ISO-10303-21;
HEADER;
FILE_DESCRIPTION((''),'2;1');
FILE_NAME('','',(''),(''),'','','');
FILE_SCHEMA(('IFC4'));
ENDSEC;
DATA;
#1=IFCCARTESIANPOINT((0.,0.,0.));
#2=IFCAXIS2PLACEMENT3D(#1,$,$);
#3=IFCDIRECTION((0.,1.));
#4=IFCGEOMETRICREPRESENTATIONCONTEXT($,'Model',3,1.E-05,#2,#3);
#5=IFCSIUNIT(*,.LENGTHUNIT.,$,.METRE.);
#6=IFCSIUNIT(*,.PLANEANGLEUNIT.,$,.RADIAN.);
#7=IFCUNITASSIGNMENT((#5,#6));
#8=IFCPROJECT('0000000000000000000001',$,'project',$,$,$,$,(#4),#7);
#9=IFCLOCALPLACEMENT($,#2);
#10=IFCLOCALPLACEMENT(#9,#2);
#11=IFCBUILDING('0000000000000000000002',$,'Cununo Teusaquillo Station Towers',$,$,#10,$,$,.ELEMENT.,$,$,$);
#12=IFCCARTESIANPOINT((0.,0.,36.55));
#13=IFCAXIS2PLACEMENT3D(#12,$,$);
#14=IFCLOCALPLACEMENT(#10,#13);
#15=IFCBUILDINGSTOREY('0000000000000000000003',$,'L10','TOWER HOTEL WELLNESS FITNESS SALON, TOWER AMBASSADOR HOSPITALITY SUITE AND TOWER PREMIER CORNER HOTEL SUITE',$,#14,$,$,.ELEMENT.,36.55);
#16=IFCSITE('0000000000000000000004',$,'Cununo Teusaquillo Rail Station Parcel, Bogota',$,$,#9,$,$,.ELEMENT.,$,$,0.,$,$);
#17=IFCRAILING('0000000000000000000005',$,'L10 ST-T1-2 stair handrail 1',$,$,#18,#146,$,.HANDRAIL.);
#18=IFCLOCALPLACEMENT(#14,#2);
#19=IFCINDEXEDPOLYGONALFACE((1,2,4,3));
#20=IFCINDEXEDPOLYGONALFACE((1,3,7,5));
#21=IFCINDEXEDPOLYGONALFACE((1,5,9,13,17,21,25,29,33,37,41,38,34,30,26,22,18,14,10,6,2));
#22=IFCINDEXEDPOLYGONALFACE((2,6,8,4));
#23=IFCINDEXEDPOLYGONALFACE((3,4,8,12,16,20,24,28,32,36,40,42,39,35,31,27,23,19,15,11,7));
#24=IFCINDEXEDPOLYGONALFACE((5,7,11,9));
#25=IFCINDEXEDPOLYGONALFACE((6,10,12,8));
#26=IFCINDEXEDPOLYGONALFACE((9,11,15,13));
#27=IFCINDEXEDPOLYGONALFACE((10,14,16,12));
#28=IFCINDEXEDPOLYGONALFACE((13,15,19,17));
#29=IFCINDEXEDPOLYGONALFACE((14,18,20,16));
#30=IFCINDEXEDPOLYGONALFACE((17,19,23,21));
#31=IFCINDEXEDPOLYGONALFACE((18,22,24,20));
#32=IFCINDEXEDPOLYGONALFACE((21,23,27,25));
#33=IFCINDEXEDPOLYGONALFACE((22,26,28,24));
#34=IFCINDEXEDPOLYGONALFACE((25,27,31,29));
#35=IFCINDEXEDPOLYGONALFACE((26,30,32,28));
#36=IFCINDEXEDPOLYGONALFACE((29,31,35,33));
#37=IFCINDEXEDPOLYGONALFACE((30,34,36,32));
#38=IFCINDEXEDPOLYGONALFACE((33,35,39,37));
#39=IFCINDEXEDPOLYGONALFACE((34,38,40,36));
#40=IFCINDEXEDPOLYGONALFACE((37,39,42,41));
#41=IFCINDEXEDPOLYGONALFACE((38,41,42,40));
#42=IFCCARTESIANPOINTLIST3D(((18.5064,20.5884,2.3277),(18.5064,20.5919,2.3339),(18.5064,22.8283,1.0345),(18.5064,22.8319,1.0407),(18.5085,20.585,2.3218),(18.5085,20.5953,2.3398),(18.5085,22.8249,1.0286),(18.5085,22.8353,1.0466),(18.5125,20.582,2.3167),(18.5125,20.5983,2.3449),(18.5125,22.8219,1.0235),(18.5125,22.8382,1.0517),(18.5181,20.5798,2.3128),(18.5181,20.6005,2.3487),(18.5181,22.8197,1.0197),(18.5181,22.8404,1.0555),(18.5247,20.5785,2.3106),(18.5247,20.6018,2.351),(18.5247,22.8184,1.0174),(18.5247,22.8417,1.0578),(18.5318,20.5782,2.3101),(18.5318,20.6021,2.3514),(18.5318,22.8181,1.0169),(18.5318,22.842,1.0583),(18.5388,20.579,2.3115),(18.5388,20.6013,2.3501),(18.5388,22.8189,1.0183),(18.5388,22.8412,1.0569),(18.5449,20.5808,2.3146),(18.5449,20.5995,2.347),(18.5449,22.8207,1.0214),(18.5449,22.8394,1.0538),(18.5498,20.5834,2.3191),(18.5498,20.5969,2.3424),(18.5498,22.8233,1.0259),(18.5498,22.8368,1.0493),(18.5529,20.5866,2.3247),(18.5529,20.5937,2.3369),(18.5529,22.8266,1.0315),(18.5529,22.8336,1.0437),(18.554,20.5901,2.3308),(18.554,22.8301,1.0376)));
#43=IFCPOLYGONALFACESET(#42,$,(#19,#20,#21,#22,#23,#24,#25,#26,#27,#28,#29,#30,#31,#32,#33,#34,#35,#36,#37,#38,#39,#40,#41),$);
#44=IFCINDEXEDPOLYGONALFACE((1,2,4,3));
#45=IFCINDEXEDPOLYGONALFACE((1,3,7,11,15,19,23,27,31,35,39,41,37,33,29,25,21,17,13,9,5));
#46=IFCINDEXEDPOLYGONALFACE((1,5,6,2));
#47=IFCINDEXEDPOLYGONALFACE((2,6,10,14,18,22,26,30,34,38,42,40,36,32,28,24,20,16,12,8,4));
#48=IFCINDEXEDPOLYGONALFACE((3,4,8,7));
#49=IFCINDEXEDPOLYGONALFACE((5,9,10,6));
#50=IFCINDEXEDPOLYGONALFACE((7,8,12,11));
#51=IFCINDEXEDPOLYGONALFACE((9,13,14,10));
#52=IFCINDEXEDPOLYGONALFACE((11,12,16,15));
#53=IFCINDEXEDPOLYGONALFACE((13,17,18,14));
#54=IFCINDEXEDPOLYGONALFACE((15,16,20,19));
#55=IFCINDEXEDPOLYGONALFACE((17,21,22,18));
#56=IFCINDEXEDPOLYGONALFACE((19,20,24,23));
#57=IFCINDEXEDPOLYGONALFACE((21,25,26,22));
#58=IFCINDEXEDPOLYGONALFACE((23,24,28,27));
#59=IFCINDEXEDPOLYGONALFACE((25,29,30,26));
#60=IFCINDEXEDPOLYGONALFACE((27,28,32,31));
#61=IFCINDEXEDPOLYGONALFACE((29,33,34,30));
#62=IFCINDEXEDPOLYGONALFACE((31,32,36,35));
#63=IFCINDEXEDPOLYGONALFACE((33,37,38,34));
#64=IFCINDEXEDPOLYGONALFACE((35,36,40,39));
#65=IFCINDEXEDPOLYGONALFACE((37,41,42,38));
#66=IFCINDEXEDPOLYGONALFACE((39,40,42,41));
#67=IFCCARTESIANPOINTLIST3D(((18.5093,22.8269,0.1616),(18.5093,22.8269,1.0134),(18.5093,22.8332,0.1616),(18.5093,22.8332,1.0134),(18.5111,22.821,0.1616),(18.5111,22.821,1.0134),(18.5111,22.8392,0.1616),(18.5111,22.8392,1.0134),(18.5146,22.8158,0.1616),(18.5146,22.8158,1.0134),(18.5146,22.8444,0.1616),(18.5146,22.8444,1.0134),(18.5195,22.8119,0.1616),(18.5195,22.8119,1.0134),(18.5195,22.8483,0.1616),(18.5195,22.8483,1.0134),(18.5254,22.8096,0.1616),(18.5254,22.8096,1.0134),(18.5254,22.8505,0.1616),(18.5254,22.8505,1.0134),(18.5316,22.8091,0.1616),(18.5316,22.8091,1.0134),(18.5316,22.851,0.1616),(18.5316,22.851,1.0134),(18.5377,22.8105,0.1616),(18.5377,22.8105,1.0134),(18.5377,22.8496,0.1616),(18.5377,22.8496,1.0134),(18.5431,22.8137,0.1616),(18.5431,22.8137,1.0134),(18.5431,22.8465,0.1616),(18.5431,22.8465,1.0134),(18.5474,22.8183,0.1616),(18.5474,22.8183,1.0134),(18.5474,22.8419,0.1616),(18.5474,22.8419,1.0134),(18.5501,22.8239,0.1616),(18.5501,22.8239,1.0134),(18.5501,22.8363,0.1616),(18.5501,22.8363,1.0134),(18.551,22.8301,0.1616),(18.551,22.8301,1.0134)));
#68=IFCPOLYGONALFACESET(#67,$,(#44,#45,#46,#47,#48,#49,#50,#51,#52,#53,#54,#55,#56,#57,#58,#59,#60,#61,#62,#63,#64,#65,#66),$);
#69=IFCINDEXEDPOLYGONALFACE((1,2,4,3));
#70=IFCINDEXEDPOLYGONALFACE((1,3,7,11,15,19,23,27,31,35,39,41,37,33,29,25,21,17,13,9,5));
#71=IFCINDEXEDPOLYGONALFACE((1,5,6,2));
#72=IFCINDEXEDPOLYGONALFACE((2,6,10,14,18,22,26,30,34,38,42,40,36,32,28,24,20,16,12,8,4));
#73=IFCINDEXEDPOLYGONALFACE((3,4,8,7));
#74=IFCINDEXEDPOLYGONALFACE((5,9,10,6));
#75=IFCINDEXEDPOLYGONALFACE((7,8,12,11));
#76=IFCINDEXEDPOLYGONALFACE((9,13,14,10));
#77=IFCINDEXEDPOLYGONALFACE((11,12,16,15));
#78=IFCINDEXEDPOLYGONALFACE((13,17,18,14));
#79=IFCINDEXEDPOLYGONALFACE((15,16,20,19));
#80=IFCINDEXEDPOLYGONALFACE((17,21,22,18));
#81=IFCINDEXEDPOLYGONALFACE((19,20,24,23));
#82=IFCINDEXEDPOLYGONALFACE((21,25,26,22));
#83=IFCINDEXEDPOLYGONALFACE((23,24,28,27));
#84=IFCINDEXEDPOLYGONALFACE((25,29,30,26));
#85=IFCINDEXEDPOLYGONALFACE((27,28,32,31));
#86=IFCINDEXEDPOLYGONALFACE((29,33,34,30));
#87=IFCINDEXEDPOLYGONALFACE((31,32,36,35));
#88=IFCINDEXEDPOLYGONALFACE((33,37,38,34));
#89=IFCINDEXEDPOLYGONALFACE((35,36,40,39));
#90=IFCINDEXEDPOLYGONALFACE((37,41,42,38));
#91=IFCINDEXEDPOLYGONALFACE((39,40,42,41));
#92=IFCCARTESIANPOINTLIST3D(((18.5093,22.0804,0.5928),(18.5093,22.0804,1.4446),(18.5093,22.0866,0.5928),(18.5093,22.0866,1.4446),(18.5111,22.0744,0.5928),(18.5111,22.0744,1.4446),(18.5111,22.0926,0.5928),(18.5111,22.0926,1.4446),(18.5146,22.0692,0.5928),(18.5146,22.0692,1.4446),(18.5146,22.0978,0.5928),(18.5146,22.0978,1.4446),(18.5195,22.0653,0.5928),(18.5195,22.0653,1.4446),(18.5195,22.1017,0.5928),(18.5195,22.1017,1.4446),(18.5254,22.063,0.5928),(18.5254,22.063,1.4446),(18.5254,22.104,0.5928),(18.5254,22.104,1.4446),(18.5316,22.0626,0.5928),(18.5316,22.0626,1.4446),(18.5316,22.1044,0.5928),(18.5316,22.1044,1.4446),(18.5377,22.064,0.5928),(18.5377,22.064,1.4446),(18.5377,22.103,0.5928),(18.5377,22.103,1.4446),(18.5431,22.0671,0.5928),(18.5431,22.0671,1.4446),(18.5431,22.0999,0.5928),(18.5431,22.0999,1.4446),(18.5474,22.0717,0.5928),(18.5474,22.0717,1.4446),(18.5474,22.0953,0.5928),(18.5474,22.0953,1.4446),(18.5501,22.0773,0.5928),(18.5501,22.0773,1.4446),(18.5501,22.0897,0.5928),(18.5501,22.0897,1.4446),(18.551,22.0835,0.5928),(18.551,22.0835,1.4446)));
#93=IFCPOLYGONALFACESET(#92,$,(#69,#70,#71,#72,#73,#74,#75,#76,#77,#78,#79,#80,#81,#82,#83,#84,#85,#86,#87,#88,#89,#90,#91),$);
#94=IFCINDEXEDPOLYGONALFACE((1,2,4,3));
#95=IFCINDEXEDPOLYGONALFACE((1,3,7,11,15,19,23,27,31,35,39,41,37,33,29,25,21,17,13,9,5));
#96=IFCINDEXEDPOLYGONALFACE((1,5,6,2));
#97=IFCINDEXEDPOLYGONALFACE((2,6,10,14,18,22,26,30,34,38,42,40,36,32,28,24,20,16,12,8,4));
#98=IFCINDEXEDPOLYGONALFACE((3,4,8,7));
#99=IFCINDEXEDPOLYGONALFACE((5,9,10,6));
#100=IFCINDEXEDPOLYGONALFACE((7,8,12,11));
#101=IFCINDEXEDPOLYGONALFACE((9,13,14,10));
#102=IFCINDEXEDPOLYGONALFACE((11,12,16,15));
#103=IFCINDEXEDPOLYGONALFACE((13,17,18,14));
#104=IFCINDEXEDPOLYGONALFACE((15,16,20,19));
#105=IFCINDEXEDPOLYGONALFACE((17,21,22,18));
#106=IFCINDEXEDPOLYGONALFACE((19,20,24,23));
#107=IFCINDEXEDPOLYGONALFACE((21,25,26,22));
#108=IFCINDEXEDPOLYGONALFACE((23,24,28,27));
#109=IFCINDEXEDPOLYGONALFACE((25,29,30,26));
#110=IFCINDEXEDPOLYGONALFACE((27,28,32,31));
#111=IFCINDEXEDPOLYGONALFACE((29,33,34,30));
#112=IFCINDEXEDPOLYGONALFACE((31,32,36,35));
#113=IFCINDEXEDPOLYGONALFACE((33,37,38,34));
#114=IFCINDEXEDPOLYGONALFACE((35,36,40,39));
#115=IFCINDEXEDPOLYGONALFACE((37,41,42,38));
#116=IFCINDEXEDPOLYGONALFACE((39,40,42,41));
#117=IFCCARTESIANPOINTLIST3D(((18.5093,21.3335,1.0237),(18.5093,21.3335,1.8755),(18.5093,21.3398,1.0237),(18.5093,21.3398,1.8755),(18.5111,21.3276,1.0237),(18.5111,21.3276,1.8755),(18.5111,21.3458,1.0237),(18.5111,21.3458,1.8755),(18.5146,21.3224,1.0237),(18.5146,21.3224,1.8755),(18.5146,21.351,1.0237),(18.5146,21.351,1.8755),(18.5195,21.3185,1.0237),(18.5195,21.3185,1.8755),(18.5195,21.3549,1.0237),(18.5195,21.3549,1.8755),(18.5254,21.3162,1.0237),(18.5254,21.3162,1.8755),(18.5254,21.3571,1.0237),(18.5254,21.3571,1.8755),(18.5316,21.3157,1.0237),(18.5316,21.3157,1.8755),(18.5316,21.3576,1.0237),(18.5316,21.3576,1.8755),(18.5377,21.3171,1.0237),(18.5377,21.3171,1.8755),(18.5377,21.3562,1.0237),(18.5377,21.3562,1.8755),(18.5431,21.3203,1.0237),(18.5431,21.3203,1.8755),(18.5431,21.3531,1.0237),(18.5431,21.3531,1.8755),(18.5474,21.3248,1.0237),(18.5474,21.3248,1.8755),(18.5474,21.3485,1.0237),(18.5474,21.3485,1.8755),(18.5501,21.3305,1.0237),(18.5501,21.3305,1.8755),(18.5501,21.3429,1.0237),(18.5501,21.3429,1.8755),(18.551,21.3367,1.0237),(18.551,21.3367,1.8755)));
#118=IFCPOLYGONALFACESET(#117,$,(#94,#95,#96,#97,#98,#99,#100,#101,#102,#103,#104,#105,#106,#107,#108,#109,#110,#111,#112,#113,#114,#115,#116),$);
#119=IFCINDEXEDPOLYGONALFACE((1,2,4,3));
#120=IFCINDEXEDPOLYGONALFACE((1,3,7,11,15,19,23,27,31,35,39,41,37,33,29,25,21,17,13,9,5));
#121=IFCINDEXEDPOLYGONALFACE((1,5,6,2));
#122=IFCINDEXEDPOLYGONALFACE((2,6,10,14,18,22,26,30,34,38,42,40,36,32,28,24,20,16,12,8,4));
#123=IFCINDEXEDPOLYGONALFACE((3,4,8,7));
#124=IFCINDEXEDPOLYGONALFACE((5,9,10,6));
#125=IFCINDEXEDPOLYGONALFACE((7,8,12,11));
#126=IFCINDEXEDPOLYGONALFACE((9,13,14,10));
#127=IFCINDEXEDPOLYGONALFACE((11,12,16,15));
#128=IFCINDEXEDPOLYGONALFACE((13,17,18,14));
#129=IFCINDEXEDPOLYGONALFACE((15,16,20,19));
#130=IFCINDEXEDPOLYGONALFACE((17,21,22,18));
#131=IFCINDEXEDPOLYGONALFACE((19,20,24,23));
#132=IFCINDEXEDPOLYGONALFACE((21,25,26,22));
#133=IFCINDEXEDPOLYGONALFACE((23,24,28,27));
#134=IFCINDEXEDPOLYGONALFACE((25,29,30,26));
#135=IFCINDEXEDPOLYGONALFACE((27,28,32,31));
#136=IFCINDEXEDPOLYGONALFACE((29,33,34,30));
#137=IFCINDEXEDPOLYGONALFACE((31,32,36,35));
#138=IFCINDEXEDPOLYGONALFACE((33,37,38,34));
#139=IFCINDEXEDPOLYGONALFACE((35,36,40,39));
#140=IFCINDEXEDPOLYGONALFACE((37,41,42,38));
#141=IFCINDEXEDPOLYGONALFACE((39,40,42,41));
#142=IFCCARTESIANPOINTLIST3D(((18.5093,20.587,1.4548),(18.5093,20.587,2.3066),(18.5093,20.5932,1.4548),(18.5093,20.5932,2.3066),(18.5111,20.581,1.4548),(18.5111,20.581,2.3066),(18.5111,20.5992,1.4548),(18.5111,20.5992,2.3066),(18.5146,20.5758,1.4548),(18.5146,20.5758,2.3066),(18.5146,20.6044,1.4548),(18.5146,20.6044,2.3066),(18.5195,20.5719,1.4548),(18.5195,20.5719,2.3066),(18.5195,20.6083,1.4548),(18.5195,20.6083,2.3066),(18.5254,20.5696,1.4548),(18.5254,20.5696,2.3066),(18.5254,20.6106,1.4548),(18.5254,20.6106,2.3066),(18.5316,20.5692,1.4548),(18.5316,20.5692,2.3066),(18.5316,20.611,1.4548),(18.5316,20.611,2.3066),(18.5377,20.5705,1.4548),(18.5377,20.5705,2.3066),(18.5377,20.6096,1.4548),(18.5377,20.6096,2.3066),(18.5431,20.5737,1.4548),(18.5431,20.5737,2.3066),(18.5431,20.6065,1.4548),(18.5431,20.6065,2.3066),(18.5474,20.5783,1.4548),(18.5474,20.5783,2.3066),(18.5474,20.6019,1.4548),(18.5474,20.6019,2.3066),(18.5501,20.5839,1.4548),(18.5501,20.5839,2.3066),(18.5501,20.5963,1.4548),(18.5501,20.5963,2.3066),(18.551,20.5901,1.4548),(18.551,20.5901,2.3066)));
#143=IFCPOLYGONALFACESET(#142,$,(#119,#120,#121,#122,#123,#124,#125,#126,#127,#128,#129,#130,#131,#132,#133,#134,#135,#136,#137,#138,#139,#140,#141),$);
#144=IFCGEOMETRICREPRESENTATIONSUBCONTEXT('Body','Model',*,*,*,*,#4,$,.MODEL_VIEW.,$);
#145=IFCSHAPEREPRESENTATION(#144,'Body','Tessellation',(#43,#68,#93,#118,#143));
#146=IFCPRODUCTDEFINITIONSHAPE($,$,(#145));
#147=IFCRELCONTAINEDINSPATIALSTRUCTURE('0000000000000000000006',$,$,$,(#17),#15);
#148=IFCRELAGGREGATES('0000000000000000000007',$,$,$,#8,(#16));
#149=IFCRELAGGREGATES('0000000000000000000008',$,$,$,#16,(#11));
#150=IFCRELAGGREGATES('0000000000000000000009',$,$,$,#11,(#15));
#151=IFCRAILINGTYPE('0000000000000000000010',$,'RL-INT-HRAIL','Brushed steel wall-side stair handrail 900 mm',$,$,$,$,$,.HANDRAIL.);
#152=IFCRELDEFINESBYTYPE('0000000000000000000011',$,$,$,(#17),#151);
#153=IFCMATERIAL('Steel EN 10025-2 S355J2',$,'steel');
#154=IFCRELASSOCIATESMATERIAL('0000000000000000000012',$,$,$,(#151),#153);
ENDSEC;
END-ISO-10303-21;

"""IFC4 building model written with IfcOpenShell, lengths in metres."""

from ifc_helpers import new_model, si_unit, direction, frame, origin, origin_2d, place, context, subcontext, project, spatial, circle, extrude, material, type_object, element, save


model = new_model("IFC4")

# Units and contexts
model_context = context("Model", 3, precision=1e-05, world=origin(), true_north=direction((0.0, 1.0)))
body_context = subcontext(model_context, "Body", "Model", "MODEL_VIEW")
ifc_project = project(units=[si_unit("LENGTHUNIT", "METRE"), si_unit("PLANEANGLEUNIT", "RADIAN")], contexts=[model_context])

# Site, building, storey
site_placement = place(None, origin())
site = spatial("IfcSite", under=ifc_project, at=site_placement, Name="Cununo Teusaquillo Rail Station Parcel, Bogota", CompositionType="ELEMENT", RefElevation=0.0)
building_placement = place(site_placement, origin())
building = spatial("IfcBuilding", under=site, at=building_placement, Name="Cununo Teusaquillo Station Towers", CompositionType="ELEMENT")
storey_placement = place(building_placement, frame((0.0, 0.0, 36.55)))
storey = spatial("IfcBuildingStorey", under=building, at=storey_placement, Name="L10", Description="TOWER HOTEL WELLNESS FITNESS SALON, TOWER AMBASSADOR HOSPITALITY SUITE AND TOWER PREMIER CORNER HOTEL SUITE", CompositionType="ELEMENT", Elevation=36.55)

# Railing
ifc_material_1 = material(Name="Steel EN 10025-2 S355J2", Category="steel")
railing_type_1 = type_object("IfcRailingType", Name="RL-INT-HRAIL", Description="Brushed steel wall-side stair handrail 900 mm", PredefinedType="HANDRAIL", material=ifc_material_1)
railing_1_placement = place(storey_placement, frame((18.53, 22.8301, 0.1616)))
element("IfcRailing", 1, at=railing_1_placement, inside=storey, type_object=railing_type_1, Name="L10 ST-T1-2 stair handrail 1", PredefinedType="HANDRAIL", context=body_context, shape_type="SweptSolid", body=[
    extrude(circle(Radius=0.0239, at=origin_2d()), frame((0.0, 0.0, 0.876), z_axis=(0.0, -0.866033, 0.499987), x_axis=(1.0, 0.0, 0.0)), (0.0, 0.0, 1.0), 2.5864),
    extrude(circle(Radius=0.021, at=origin_2d()), origin(), (0.0, 0.0, 1.0), 0.8518),
    extrude(circle(Radius=0.021, at=origin_2d()), frame((0.0, -0.7466, 0.4312)), (0.0, 0.0, 1.0), 0.8518),
    extrude(circle(Radius=0.021, at=origin_2d()), frame((0.0, -1.4934, 0.8621)), (0.0, 0.0, 1.0), 0.8518),
    extrude(circle(Radius=0.021, at=origin_2d()), frame((0.0, -2.24, 1.2932)), (0.0, 0.0, 1.0), 0.8518),
])

save(model, "model.ifc")
